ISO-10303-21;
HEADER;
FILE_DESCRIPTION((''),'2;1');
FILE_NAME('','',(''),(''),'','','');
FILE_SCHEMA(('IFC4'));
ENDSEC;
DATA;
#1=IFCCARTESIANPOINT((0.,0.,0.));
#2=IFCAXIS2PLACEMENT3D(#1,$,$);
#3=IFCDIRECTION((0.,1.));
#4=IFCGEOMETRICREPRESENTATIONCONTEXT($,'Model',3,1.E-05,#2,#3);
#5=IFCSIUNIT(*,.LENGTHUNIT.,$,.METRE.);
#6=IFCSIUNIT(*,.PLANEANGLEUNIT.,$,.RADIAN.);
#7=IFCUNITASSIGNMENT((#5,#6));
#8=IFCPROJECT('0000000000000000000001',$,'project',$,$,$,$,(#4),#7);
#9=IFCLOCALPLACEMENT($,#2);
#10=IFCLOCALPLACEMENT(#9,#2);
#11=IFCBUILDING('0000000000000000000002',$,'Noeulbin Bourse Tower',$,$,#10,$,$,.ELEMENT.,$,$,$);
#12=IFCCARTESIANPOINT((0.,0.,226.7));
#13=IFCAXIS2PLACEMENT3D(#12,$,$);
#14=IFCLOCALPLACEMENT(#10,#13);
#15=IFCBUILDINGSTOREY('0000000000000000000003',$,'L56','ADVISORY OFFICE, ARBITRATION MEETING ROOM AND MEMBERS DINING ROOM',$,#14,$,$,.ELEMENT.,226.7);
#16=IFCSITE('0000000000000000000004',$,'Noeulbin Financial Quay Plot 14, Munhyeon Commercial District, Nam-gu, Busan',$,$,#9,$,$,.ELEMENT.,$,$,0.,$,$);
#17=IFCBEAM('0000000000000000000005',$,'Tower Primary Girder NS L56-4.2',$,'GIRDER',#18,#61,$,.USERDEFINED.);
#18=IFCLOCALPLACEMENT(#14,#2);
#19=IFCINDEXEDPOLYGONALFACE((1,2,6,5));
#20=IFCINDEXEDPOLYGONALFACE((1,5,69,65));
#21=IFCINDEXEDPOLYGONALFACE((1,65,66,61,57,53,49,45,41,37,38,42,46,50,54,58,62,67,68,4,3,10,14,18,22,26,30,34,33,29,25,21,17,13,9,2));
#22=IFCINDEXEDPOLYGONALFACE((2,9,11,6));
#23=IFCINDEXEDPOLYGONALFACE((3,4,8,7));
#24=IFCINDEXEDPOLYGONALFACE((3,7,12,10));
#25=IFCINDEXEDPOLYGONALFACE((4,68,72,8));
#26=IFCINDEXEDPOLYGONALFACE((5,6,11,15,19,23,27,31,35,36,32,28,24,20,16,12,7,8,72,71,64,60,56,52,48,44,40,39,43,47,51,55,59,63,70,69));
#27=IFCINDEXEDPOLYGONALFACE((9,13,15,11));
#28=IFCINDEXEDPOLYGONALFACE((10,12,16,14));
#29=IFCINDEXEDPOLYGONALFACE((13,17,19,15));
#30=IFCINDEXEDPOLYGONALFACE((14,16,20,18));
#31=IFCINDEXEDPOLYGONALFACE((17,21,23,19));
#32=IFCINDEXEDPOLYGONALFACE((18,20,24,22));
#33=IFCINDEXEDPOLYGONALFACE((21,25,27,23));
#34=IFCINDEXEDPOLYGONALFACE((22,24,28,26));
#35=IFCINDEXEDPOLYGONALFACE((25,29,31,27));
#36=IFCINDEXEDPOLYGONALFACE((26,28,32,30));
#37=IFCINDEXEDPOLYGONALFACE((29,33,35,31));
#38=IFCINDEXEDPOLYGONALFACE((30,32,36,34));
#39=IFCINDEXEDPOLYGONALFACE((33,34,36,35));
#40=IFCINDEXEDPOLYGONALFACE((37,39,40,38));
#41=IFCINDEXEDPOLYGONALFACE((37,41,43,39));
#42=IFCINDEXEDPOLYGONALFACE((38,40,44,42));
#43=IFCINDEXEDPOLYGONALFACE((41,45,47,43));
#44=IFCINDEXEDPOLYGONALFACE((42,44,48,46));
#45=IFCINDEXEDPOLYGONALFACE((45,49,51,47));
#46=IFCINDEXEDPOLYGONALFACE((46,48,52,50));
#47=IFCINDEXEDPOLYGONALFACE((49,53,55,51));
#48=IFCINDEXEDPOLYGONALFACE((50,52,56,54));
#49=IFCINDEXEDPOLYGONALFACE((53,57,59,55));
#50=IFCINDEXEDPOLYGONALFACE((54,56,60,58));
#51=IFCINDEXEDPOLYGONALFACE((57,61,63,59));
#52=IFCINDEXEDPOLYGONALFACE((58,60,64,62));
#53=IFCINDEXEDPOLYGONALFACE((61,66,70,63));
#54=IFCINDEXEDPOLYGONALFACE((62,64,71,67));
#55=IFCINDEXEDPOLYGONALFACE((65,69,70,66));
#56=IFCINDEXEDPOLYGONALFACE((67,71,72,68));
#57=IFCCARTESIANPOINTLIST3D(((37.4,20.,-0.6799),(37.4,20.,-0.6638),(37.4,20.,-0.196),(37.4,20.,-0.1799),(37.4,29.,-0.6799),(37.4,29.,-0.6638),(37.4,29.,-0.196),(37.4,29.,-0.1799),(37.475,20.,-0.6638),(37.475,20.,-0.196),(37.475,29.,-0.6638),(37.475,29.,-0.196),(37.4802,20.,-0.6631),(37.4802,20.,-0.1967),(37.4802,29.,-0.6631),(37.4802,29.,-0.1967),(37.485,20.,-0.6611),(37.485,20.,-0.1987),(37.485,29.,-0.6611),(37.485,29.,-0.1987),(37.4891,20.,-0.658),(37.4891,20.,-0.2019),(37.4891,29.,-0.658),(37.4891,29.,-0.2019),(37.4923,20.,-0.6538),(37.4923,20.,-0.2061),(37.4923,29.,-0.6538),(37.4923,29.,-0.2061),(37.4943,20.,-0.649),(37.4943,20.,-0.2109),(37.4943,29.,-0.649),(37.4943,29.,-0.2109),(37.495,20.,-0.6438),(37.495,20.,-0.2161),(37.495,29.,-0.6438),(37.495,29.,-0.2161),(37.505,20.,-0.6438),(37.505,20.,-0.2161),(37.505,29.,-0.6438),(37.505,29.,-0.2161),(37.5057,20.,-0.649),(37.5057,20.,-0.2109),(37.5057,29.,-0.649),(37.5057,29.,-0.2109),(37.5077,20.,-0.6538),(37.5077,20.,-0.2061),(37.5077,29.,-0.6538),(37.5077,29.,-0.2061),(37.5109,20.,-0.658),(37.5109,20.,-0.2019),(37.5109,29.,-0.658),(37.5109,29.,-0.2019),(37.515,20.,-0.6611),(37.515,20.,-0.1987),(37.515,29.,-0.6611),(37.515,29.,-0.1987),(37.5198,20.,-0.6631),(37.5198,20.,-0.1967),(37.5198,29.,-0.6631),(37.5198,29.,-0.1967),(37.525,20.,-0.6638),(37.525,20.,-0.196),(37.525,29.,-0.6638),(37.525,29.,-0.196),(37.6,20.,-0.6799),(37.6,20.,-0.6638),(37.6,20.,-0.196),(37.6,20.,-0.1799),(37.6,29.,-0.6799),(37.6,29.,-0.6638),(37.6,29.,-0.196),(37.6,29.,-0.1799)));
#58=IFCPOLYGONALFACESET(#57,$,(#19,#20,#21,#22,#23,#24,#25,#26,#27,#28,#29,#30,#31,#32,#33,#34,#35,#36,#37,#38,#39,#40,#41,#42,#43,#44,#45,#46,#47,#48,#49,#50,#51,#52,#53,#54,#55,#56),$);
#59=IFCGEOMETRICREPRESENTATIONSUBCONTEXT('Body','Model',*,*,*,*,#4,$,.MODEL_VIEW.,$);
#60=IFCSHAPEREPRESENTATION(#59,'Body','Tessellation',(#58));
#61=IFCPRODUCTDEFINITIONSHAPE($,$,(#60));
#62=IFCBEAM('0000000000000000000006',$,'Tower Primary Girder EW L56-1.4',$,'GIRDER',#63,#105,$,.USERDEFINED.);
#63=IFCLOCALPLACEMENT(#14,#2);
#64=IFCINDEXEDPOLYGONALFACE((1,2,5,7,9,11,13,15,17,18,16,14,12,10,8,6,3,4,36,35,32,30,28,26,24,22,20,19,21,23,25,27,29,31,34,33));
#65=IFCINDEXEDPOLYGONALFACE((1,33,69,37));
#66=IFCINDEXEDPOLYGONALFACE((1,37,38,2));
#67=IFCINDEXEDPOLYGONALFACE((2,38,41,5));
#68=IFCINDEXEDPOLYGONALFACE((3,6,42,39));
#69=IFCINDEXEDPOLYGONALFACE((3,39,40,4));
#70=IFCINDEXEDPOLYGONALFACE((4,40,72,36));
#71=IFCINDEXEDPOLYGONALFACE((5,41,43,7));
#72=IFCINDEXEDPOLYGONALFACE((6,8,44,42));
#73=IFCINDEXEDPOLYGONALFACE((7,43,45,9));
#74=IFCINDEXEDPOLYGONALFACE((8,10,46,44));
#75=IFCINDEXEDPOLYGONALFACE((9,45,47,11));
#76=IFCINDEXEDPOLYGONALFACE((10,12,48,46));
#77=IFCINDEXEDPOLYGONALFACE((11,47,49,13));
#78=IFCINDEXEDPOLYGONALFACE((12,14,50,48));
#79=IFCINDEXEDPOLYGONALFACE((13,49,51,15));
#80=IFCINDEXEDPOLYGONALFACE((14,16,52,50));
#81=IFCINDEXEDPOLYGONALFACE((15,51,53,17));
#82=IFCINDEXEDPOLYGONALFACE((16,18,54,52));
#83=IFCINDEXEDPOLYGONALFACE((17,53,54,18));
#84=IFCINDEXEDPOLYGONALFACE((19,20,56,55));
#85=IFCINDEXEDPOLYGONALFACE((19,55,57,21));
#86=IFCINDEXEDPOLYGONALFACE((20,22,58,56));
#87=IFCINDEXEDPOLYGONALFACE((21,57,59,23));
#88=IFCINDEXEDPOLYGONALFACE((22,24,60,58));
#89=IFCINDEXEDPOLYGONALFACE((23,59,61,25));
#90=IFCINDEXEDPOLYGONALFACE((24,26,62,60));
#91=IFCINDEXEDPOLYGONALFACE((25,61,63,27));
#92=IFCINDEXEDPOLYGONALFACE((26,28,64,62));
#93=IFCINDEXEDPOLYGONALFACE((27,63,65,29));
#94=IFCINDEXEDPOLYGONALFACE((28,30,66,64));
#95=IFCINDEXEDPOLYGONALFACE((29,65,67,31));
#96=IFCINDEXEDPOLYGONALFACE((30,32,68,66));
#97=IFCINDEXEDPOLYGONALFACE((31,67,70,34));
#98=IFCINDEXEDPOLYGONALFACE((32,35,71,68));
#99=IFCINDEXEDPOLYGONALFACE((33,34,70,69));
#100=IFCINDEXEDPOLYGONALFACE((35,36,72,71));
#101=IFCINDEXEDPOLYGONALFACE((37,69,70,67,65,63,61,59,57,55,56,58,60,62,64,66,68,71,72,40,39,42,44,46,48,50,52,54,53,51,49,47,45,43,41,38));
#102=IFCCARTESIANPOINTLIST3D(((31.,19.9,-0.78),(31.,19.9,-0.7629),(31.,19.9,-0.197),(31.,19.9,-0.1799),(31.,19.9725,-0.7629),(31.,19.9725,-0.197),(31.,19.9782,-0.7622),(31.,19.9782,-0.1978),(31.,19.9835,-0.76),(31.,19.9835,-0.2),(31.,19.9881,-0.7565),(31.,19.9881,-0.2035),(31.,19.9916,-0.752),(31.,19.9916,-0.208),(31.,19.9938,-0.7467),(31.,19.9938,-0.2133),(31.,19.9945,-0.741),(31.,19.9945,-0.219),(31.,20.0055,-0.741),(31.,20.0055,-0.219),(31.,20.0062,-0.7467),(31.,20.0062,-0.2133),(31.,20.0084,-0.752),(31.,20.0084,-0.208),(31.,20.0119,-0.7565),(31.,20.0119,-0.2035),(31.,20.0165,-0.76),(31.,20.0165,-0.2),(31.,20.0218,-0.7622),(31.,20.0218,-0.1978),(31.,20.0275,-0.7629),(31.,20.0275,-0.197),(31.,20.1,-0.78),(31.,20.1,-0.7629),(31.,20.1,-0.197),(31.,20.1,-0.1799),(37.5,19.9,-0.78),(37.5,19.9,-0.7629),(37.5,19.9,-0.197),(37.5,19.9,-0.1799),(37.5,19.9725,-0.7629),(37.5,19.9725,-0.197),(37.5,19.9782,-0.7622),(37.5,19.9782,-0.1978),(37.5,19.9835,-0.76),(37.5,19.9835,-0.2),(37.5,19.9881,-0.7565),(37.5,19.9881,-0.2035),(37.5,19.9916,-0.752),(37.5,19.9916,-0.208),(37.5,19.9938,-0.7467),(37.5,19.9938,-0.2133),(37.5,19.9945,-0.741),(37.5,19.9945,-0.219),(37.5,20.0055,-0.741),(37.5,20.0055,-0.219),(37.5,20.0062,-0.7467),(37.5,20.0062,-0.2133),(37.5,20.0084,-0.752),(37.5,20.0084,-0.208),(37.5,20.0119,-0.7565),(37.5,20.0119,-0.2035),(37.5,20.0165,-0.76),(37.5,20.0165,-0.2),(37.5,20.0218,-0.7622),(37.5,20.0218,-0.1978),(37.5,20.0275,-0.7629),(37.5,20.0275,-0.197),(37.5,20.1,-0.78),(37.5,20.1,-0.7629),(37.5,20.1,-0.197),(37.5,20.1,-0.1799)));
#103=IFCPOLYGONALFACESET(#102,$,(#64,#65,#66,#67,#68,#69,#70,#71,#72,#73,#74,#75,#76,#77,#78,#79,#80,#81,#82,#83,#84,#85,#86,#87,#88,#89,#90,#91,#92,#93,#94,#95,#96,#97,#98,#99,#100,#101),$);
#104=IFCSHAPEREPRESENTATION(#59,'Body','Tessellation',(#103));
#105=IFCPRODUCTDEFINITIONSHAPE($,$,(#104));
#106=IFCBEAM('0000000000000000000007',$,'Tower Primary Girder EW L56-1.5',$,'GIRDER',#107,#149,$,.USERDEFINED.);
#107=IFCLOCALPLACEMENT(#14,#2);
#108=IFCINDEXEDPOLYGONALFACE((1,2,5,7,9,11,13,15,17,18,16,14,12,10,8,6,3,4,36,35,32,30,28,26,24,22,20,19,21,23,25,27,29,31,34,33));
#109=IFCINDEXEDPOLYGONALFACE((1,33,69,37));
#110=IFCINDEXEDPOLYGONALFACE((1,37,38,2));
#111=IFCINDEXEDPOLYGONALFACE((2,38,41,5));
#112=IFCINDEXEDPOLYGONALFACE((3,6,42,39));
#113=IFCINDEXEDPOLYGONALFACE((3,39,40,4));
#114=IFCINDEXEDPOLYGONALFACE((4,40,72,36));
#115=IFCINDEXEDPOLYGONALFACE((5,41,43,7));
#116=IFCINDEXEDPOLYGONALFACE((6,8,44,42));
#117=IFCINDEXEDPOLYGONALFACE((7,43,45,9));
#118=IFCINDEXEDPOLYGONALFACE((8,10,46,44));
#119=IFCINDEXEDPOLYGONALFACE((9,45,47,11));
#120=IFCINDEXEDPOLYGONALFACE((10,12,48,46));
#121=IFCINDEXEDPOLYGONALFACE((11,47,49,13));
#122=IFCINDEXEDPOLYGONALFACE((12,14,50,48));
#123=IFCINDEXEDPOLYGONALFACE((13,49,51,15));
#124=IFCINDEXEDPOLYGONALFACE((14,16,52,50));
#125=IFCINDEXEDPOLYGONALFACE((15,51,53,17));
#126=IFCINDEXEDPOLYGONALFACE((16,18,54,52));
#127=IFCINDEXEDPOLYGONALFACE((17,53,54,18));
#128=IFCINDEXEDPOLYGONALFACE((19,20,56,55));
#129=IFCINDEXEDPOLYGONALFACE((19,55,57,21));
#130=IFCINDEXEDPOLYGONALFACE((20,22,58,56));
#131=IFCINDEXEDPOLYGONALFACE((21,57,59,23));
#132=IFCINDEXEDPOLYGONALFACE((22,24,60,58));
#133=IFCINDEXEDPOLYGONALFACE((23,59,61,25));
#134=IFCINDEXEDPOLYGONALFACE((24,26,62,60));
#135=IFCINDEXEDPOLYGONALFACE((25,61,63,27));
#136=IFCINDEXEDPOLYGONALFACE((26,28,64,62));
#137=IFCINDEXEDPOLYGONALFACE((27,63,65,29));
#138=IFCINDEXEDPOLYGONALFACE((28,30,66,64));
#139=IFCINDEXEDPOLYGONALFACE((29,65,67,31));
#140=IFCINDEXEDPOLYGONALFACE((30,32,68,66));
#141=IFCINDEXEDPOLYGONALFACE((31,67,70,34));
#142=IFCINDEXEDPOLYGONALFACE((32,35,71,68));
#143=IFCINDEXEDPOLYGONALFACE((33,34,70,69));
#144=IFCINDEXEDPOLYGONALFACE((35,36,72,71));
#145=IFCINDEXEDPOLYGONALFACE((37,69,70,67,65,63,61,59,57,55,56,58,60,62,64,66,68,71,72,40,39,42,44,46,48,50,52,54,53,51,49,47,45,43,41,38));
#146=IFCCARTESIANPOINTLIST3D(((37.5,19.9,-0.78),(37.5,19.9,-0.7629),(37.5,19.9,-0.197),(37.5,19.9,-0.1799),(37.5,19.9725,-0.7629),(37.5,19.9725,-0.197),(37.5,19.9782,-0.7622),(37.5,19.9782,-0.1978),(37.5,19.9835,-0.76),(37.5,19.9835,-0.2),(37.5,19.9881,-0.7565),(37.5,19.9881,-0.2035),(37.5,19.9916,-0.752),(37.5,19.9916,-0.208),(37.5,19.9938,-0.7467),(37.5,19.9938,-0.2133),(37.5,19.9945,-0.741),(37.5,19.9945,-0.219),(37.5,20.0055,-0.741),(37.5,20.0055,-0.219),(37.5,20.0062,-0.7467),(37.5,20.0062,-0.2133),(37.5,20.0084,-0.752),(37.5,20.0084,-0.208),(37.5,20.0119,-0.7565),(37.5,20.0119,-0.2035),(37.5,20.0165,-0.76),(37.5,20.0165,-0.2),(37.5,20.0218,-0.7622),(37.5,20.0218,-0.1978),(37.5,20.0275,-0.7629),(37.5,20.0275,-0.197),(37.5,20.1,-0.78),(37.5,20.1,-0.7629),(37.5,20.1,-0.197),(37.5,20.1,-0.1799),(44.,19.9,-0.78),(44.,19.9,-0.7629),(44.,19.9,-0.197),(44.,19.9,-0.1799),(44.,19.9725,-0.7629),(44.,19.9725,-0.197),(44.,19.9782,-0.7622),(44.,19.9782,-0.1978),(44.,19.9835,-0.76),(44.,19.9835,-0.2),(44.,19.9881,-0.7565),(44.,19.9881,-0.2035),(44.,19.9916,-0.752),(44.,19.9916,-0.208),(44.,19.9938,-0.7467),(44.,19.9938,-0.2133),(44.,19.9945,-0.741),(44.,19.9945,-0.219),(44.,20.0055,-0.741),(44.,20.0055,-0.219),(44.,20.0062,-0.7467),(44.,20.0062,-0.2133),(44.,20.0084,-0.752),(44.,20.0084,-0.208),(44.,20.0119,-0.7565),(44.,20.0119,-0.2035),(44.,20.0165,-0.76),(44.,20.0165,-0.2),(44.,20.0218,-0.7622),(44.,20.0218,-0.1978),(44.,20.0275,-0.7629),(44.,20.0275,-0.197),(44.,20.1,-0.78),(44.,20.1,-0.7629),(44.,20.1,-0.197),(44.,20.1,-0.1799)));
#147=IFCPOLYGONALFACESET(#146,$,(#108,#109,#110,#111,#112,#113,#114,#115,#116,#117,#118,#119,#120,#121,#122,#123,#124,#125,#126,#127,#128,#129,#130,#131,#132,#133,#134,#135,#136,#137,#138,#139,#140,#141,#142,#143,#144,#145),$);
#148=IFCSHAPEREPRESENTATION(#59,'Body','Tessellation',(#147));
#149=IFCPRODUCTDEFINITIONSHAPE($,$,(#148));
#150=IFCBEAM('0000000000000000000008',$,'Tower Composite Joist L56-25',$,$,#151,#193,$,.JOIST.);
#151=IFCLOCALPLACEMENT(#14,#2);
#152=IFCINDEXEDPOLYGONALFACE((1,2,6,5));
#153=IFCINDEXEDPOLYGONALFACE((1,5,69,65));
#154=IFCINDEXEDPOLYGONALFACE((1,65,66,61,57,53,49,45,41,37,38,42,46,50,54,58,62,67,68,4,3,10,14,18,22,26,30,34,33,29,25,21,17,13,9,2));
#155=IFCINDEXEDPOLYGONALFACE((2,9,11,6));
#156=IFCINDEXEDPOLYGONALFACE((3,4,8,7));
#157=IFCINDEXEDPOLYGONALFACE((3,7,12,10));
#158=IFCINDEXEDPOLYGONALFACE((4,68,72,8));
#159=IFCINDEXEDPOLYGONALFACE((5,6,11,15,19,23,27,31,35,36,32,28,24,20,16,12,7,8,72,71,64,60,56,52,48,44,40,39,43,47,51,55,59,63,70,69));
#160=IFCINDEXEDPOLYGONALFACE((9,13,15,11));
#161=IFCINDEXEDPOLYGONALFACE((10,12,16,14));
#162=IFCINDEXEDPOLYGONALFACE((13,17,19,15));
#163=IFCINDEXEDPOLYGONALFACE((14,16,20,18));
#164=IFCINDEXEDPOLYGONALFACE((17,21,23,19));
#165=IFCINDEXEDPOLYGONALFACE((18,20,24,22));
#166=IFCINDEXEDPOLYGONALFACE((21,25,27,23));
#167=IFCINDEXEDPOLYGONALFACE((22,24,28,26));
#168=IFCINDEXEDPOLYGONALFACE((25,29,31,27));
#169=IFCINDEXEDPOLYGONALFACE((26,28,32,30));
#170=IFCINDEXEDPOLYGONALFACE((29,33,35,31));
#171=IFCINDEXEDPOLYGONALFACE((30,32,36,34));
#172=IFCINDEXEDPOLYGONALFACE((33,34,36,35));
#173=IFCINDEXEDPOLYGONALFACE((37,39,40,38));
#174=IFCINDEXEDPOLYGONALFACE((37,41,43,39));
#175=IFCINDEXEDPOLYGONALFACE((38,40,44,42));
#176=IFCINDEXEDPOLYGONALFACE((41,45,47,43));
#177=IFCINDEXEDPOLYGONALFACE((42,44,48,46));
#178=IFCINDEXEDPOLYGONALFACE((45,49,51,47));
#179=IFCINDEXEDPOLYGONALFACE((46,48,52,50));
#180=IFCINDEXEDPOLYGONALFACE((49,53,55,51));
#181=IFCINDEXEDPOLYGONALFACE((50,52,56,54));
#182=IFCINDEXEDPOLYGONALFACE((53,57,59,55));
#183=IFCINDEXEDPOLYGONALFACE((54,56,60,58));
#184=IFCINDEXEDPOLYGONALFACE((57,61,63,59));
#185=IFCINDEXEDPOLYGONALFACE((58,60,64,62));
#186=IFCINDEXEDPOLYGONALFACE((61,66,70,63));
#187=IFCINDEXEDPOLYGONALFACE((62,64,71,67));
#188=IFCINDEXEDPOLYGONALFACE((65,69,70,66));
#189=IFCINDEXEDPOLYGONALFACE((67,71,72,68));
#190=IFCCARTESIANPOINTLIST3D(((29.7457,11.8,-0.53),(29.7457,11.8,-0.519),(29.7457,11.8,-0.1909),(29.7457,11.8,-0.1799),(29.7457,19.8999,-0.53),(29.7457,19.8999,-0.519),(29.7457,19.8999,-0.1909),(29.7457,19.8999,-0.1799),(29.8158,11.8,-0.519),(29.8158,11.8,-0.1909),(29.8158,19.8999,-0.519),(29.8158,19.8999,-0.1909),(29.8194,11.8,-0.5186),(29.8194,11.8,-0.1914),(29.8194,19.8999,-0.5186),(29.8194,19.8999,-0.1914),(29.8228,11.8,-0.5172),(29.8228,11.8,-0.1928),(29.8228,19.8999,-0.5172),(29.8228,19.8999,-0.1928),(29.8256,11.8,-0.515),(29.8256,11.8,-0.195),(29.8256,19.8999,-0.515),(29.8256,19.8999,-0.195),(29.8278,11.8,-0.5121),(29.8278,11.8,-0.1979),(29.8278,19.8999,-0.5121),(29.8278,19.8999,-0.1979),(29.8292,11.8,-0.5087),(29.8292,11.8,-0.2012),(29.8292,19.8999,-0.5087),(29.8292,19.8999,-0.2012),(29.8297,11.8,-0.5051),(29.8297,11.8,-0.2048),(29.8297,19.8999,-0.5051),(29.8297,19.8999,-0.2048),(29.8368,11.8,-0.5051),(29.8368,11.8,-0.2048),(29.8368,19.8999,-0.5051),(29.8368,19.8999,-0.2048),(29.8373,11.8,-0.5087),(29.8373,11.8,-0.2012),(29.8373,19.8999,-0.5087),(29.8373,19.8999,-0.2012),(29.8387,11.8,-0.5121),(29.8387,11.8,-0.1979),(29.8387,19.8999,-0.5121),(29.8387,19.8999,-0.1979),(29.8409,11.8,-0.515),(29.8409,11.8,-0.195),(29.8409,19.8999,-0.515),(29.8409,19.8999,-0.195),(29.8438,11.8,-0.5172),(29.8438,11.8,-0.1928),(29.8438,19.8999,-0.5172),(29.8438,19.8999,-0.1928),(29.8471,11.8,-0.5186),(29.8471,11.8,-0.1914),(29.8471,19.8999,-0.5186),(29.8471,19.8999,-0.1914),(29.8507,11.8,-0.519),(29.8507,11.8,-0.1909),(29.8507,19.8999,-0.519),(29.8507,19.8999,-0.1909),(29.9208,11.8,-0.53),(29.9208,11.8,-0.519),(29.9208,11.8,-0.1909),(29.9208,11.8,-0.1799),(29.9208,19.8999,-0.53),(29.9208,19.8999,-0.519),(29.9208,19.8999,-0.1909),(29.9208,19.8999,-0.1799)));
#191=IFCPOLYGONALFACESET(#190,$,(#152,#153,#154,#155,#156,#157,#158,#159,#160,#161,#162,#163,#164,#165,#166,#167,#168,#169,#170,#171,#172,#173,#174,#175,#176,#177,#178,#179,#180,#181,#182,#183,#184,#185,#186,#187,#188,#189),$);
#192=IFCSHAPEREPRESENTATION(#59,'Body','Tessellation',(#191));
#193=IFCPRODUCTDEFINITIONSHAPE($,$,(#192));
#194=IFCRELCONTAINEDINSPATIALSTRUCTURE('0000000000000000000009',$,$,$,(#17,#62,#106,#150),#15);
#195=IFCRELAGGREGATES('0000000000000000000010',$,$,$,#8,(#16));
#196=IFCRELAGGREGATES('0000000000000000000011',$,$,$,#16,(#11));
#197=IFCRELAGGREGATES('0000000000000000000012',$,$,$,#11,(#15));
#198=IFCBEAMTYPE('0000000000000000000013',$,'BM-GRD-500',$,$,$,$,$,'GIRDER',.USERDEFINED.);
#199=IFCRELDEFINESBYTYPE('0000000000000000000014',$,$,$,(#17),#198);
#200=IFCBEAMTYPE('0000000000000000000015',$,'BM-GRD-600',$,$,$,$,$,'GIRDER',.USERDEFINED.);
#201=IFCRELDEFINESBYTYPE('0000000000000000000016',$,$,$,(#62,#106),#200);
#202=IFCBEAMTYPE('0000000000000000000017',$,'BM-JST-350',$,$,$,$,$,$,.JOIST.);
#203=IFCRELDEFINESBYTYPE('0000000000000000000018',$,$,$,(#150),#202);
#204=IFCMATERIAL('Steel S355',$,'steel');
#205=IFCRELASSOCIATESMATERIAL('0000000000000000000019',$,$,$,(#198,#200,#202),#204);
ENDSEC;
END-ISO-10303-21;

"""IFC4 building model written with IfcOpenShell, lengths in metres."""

from ifc_helpers import new_model, si_unit, direction, frame, origin, origin_2d, place, context, subcontext, project, spatial, i_section, extrude, material, material_profile, profile_set, type_object, element, save


model = new_model("IFC4")

# Units and contexts
model_context = context("Model", 3, precision=1e-05, world=origin(), true_north=direction((0.0, 1.0)))
body_context = subcontext(model_context, "Body", "Model", "MODEL_VIEW")
ifc_project = project(units=[si_unit("LENGTHUNIT", "METRE"), si_unit("PLANEANGLEUNIT", "RADIAN")], contexts=[model_context])

# Site, building, storey
site_placement = place(None, origin())
site = spatial("IfcSite", under=ifc_project, at=site_placement, Name="Noeulbin Financial Quay Plot 14, Munhyeon Commercial District, Nam-gu, Busan", CompositionType="ELEMENT", RefElevation=0.0)
building_placement = place(site_placement, origin())
building = spatial("IfcBuilding", under=site, at=building_placement, Name="Noeulbin Bourse Tower", CompositionType="ELEMENT")
storey_placement = place(building_placement, frame((0.0, 0.0, 226.7)))
storey = spatial("IfcBuildingStorey", under=building, at=storey_placement, Name="L56", Description="ADVISORY OFFICE, ARBITRATION MEETING ROOM AND MEMBERS DINING ROOM", CompositionType="ELEMENT", Elevation=226.7)

# Shared definitions
ifc_material_1 = material(Name="Steel S355", Category="steel")

# Beams
ifc_material_profile_1 = material_profile(ifc_material_1, i_section(OverallWidth=0.2, OverallDepth=0.5, WebThickness=0.01, FlangeThickness=0.0161, FilletRadius=0.02, at=origin_2d()), Name="H-500x200x10x16", Category="LoadBearing")
ifc_profile_set_1 = profile_set([ifc_material_profile_1], Name="Steel S355")
beam_type_1 = type_object("IfcBeamType", Name="BM-GRD-500", ElementType="GIRDER", PredefinedType="USERDEFINED", material=ifc_profile_set_1)
for number, where, z_axis, x_axis, name in (
    (1, (37.5, 20.0, -0.4299), (0.0, 1.0, 0.0), (-1.0, 0.0, 0.0), "Tower Primary Girder NS L56-4.2"),
):
    element("IfcBeam", number, at=place(storey_placement, frame(where, z_axis=z_axis, x_axis=x_axis)), inside=storey, type_object=beam_type_1, Name=name, ObjectType="GIRDER", PredefinedType="USERDEFINED", context=body_context, shape_type="SweptSolid", body=[
        extrude(i_section(OverallWidth=0.2, OverallDepth=0.5, WebThickness=0.01, FlangeThickness=0.0161, FilletRadius=0.02, at=origin_2d()), origin(), (0.0, 0.0, 1.0), 9.0),
    ])
ifc_material_profile_2 = material_profile(ifc_material_1, i_section(OverallWidth=0.2, OverallDepth=0.6001, WebThickness=0.011, FlangeThickness=0.0171, FilletRadius=0.022, at=origin_2d()), Name="H-600x200x11x17", Category="LoadBearing")
ifc_profile_set_2 = profile_set([ifc_material_profile_2], Name="Steel S355")
beam_type_2 = type_object("IfcBeamType", Name="BM-GRD-600", ElementType="GIRDER", PredefinedType="USERDEFINED", material=ifc_profile_set_2)
for number, where, z_axis, x_axis, name in (
    (2, (31.0, 20.0, -0.48), (1.0, 0.0, 0.0), (0.0, 1.0, 0.0), "Tower Primary Girder EW L56-1.4"),
    (3, (37.5, 20.0, -0.48), (1.0, 0.0, 0.0), (0.0, 1.0, 0.0), "Tower Primary Girder EW L56-1.5"),
):
    element("IfcBeam", number, at=place(storey_placement, frame(where, z_axis=z_axis, x_axis=x_axis)), inside=storey, type_object=beam_type_2, Name=name, ObjectType="GIRDER", PredefinedType="USERDEFINED", context=body_context, shape_type="SweptSolid", body=[
        extrude(i_section(OverallWidth=0.2, OverallDepth=0.6001, WebThickness=0.011, FlangeThickness=0.0171, FilletRadius=0.022, at=origin_2d()), origin(), (0.0, 0.0, 1.0), 6.5),
    ])
ifc_material_profile_3 = material_profile(ifc_material_1, i_section(OverallWidth=0.175, OverallDepth=0.3501, WebThickness=0.0071, FlangeThickness=0.011, FilletRadius=0.0139, at=origin_2d()), Name="H-350x175x7x11", Category="LoadBearing")
ifc_profile_set_3 = profile_set([ifc_material_profile_3], Name="Steel S355")
beam_type_3 = type_object("IfcBeamType", Name="BM-JST-350", PredefinedType="JOIST", material=ifc_profile_set_3)
beam_1_placement = place(storey_placement, frame((29.8333, 11.8, -0.355), z_axis=(0.0, 1.0, 0.0), x_axis=(-1.0, 0.0, 0.0)))
element("IfcBeam", 4, at=beam_1_placement, inside=storey, type_object=beam_type_3, Name="Tower Composite Joist L56-25", PredefinedType="JOIST", context=body_context, shape_type="SweptSolid", body=[
    extrude(i_section(OverallWidth=0.175, OverallDepth=0.3501, WebThickness=0.0071, FlangeThickness=0.011, FilletRadius=0.0139, at=origin_2d()), origin(), (0.0, 0.0, 1.0), 8.0999),
])

save(model, "model.ifc")
